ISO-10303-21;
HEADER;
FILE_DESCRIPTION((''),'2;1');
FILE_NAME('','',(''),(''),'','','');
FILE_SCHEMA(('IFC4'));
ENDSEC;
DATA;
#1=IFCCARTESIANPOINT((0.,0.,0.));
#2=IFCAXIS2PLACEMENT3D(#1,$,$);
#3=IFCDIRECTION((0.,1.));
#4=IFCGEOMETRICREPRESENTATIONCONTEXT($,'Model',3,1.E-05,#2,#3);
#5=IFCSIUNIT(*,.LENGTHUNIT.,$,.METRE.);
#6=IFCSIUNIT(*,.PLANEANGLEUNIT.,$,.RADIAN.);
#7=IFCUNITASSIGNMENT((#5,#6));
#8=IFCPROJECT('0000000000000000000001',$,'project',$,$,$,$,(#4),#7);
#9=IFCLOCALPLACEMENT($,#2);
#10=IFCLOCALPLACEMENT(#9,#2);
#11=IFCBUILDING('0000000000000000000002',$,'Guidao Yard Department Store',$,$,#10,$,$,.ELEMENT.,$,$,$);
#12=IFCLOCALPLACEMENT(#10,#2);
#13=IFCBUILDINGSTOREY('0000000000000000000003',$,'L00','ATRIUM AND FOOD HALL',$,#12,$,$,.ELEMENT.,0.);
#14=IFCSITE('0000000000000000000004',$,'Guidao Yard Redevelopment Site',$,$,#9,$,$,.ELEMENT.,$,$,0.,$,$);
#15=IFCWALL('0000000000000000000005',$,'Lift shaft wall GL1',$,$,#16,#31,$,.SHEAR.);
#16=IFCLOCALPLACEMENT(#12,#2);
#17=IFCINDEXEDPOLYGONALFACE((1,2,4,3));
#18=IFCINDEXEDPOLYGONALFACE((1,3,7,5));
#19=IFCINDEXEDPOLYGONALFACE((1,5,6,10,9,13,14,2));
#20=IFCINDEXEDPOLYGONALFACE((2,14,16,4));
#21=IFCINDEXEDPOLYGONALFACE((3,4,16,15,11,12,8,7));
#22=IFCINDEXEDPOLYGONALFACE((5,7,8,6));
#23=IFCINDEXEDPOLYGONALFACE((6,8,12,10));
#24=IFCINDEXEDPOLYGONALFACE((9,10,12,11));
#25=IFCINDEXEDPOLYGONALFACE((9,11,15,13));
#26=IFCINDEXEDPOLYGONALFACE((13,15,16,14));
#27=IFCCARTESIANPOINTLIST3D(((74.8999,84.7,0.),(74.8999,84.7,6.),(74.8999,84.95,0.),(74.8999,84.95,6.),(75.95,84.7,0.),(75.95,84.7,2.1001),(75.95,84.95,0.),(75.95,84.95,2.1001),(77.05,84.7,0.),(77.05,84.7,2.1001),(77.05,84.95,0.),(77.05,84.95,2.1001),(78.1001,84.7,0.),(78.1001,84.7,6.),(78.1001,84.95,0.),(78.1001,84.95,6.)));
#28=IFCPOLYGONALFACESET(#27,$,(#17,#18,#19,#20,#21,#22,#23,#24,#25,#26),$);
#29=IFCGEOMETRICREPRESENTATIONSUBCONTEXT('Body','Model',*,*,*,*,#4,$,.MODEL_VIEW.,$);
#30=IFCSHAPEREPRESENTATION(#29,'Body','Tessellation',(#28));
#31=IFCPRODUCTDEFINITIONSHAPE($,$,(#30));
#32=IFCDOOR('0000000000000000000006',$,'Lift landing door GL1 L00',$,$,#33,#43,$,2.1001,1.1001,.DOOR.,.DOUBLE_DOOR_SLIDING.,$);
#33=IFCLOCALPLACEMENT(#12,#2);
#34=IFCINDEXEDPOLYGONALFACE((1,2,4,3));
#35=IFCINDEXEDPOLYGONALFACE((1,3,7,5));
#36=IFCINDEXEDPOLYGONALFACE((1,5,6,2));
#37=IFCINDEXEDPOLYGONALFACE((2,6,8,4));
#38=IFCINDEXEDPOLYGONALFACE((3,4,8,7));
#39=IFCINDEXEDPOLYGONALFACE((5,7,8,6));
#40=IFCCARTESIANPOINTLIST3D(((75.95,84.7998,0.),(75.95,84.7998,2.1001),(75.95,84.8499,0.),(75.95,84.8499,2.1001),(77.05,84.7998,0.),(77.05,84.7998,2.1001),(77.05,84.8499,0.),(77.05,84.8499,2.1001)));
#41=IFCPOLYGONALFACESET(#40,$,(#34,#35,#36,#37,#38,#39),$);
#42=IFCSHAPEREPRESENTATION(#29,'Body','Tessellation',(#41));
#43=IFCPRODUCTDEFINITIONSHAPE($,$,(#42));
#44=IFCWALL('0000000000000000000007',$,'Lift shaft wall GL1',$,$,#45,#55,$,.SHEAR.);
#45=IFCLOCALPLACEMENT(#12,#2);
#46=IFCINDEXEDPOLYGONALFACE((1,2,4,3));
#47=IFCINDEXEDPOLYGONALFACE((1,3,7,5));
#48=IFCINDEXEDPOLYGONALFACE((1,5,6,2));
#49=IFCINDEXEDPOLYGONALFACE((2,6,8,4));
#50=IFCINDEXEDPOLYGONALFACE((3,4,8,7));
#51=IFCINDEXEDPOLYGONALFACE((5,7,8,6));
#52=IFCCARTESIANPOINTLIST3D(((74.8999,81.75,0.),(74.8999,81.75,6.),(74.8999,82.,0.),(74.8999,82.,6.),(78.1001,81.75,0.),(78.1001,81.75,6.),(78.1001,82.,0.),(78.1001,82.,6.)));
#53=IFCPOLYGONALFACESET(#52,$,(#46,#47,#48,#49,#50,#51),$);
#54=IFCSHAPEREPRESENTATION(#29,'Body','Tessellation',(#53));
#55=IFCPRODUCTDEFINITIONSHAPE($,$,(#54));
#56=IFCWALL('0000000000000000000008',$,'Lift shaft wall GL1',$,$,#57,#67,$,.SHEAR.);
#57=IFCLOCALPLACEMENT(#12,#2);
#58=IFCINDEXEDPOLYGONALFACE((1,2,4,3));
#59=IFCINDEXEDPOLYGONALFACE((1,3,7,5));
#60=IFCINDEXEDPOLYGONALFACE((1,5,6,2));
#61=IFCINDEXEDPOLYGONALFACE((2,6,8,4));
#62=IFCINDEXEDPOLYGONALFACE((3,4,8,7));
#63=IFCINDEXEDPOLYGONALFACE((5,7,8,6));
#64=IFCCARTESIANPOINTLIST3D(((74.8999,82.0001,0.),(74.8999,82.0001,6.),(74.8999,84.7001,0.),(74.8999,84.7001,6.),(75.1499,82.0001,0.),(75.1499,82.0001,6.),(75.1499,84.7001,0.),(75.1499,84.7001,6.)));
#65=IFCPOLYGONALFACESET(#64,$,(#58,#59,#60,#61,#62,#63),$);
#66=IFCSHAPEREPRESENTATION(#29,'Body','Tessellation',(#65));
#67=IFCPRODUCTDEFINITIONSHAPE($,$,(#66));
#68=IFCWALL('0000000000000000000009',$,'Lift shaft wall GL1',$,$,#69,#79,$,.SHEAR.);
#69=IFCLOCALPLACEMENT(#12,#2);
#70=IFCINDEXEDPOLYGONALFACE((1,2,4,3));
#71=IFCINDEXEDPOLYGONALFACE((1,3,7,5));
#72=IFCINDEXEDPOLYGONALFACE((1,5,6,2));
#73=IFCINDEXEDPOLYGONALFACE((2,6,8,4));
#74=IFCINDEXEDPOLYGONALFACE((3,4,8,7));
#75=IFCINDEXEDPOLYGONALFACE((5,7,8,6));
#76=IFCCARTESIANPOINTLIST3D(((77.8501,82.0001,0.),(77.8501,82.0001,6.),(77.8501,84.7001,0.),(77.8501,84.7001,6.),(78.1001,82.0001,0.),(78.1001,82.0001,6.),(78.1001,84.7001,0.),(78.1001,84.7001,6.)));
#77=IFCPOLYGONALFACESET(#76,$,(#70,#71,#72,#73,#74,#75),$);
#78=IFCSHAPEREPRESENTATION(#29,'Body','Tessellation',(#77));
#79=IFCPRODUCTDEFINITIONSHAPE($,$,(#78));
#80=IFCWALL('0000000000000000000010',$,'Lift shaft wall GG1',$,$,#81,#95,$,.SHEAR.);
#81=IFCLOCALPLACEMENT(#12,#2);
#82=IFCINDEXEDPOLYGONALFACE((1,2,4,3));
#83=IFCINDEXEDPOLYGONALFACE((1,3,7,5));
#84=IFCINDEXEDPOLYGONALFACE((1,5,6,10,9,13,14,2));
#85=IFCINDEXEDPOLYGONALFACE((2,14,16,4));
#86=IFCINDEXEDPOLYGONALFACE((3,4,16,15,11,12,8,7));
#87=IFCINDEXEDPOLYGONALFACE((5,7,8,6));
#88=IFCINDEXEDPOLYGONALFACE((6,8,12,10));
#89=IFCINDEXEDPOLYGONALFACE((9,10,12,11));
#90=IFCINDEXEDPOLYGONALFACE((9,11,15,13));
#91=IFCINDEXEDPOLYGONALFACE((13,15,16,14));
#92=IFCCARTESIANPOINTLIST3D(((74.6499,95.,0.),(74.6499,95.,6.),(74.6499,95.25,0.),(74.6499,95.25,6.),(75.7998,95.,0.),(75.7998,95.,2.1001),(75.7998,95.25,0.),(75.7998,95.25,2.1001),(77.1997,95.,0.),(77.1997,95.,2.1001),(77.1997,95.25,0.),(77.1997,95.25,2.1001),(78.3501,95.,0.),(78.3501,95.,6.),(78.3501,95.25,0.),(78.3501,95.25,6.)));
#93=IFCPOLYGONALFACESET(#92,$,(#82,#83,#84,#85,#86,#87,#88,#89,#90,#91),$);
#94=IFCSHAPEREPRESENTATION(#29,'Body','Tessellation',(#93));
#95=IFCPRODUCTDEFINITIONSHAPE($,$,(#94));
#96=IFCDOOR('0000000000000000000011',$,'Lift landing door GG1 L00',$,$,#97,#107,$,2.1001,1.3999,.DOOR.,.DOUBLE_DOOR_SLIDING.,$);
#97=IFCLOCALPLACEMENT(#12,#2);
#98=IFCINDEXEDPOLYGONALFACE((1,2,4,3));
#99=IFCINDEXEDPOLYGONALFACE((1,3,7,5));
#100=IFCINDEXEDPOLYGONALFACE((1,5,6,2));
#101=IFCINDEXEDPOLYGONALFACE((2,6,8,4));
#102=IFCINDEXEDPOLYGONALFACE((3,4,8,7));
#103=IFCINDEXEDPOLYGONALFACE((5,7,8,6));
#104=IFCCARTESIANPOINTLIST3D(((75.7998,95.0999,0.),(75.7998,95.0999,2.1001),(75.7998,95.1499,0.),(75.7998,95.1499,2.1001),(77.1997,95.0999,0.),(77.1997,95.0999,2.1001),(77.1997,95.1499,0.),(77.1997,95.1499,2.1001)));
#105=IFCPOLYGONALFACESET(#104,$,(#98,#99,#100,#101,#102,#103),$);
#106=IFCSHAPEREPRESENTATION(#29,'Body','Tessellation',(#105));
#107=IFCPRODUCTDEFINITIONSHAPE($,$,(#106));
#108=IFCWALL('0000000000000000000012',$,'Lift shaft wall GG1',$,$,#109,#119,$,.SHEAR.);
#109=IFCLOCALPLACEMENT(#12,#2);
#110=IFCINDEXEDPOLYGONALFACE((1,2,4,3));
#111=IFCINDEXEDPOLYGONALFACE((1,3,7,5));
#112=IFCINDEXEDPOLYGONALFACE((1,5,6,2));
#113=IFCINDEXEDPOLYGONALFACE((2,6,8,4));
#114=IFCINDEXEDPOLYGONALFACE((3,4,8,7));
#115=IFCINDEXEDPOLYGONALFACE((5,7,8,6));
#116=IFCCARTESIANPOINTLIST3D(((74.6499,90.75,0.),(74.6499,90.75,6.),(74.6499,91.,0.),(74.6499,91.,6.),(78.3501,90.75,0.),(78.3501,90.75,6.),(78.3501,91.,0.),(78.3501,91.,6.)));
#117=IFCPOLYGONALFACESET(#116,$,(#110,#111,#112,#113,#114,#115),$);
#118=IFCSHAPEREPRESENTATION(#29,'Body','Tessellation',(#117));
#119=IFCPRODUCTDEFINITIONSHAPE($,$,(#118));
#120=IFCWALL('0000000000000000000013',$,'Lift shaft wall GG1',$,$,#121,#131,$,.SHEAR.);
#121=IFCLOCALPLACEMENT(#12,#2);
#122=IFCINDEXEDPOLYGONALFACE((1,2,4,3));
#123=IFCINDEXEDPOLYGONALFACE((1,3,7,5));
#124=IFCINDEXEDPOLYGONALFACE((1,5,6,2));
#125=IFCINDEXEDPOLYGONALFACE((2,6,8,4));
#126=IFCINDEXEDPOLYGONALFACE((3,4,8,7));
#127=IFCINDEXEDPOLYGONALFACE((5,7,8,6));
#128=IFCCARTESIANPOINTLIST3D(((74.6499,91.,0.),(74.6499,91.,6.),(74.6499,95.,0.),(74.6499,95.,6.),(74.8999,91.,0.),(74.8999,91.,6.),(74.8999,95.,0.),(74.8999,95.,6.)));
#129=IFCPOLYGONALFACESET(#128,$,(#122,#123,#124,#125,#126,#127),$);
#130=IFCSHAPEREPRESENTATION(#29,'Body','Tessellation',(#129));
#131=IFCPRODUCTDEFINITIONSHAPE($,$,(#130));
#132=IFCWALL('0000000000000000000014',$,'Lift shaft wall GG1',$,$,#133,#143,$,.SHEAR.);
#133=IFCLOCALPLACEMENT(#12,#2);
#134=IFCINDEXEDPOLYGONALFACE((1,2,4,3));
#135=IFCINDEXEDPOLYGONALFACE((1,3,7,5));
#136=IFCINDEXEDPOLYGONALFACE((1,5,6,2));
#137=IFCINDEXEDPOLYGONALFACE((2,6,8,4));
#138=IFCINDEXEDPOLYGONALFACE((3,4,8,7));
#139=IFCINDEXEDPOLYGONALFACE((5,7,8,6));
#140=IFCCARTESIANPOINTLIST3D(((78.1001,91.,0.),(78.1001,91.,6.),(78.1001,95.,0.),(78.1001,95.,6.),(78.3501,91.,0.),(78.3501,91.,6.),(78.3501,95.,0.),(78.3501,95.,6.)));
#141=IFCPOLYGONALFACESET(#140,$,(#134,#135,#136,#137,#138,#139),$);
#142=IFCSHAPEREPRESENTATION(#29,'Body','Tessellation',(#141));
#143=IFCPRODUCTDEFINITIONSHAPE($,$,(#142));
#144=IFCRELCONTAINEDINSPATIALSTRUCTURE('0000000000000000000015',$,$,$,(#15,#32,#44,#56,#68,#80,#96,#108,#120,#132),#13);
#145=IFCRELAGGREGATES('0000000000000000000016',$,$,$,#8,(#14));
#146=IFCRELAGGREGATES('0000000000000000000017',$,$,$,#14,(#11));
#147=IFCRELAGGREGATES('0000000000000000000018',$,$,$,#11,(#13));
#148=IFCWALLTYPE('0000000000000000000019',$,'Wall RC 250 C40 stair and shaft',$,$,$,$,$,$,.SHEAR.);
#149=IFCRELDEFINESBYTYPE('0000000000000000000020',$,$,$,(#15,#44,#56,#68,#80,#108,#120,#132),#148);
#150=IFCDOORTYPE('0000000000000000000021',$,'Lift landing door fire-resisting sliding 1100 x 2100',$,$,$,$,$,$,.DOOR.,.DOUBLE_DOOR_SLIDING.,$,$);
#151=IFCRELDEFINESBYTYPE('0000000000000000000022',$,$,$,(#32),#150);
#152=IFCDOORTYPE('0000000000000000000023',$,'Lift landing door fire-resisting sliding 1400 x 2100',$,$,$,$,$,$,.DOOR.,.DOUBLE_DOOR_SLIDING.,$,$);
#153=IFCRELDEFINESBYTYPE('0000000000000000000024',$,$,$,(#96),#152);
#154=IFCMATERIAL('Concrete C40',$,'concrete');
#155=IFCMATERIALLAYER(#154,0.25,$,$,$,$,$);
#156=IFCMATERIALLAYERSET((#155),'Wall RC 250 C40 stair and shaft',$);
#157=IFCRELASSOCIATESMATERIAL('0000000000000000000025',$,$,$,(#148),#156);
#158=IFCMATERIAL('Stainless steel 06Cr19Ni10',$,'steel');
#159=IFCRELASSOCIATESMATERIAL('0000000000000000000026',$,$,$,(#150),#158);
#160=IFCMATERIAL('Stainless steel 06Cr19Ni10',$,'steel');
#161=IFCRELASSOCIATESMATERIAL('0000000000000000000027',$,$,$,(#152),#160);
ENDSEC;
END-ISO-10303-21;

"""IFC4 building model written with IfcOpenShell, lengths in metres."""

from ifc_helpers import new_model, si_unit, direction, frame, frame_2d, origin, place, context, subcontext, project, spatial, rectangle, extrude, material, layer, layer_set, type_object, element, fill, save


model = new_model("IFC4")

# Units and contexts
model_context = context("Model", 3, precision=1e-05, world=origin(), true_north=direction((0.0, 1.0)))
body_context = subcontext(model_context, "Body", "Model", "MODEL_VIEW")
ifc_project = project(units=[si_unit("LENGTHUNIT", "METRE"), si_unit("PLANEANGLEUNIT", "RADIAN")], contexts=[model_context])

# Site, building, storey
site_placement = place(None, origin())
site = spatial("IfcSite", under=ifc_project, at=site_placement, Name="Guidao Yard Redevelopment Site", CompositionType="ELEMENT", RefElevation=0.0)
building_placement = place(site_placement, origin())
building = spatial("IfcBuilding", under=site, at=building_placement, Name="Guidao Yard Department Store", CompositionType="ELEMENT")
storey_placement = place(building_placement, origin())
storey = spatial("IfcBuildingStorey", under=building, at=storey_placement, Name="L00", Description="ATRIUM AND FOOD HALL", CompositionType="ELEMENT", Elevation=0.0)

# Wall, opening, door
ifc_material_1 = material(Name="Concrete C40", Category="concrete")
ifc_layer_1 = layer(ifc_material_1, 0.25)
ifc_layer_set_1 = layer_set([ifc_layer_1], Name="Wall RC 250 C40 stair and shaft")
wall_type_1 = type_object("IfcWallType", Name="Wall RC 250 C40 stair and shaft", PredefinedType="SHEAR", material=ifc_layer_set_1)
wall_1_placement = place(storey_placement, frame((74.8999, 84.825, 0.0), z_axis=(0.0, 0.0, 1.0), x_axis=(1.0, 0.0, 0.0)))
wall_1 = element("IfcWall", 1, at=wall_1_placement, inside=storey, type_object=wall_type_1, Name="Lift shaft wall GL1", PredefinedType="SHEAR", context=body_context, shape_type="SweptSolid", body=[
    extrude(rectangle(XDim=3.2002, YDim=0.25, at=frame_2d((1.6001, 0.0))), origin(), (0.0, 0.0, 1.0), 6.0),
])
opening_1_placement = place(wall_1_placement, frame((1.05, 0.0, 0.0)))
opening_1 = element("IfcOpeningElement", 2, at=opening_1_placement, cuts=wall_1, PredefinedType="OPENING", context=body_context, shape_type="SweptSolid", body=[
    extrude(rectangle(XDim=1.1001, YDim=2.1001, at=frame_2d((0.55, 1.05))), frame((0.0, 0.135, 0.0), z_axis=(0.0, -1.0, 0.0), x_axis=(1.0, 0.0, 0.0)), (0.0, 0.0, 1.0), 0.27),
])
ifc_material_2 = material(Name="Stainless steel 06Cr19Ni10", Category="steel")
door_type_1 = type_object("IfcDoorType", Name="Lift landing door fire-resisting sliding 1100 x 2100", OperationType="DOUBLE_DOOR_SLIDING", PredefinedType="DOOR", material=ifc_material_2)
door_1_placement = place(opening_1_placement, origin())
door_1 = element("IfcDoor", 3, at=door_1_placement, inside=storey, type_object=door_type_1, Name="Lift landing door GL1 L00", OperationType="DOUBLE_DOOR_SLIDING", OverallHeight=2.1001, OverallWidth=1.1001, PredefinedType="DOOR", context=body_context, shape_type="SweptSolid", body=[
    extrude(rectangle(XDim=1.1001, YDim=2.1001, at=frame_2d((0.55, 1.05))), frame((0.0, 0.0249, 0.0), z_axis=(0.0, -1.0, 0.0), x_axis=(1.0, 0.0, 0.0)), (0.0, 0.0, 1.0), 0.05),
])
fill(opening_1, door_1)

# Walls
wall_2_placement = place(storey_placement, frame((74.8999, 81.875, 0.0), z_axis=(0.0, 0.0, 1.0), x_axis=(1.0, 0.0, 0.0)))
element("IfcWall", 4, at=wall_2_placement, inside=storey, type_object=wall_type_1, Name="Lift shaft wall GL1", PredefinedType="SHEAR", context=body_context, shape_type="SweptSolid", body=[
    extrude(rectangle(XDim=3.2002, YDim=0.25, at=frame_2d((1.6001, 0.0))), origin(), (0.0, 0.0, 1.0), 6.0),
])
for number, where, z_axis, x_axis, name in (
    (5, (75.0249, 82.0, 0.0), (0.0, 0.0, 1.0), (0.0, 1.0, 0.0), "Lift shaft wall GL1"),
    (6, (77.9751, 82.0, 0.0), (0.0, 0.0, 1.0), (0.0, 1.0, 0.0), "Lift shaft wall GL1"),
):
    element("IfcWall", number, at=place(storey_placement, frame(where, z_axis=z_axis, x_axis=x_axis)), inside=storey, type_object=wall_type_1, Name=name, PredefinedType="SHEAR", context=body_context, shape_type="SweptSolid", body=[
        extrude(rectangle(XDim=2.7, YDim=0.25, at=frame_2d((1.3501, 0.0))), origin(), (0.0, 0.0, 1.0), 6.0),
    ])

# Wall, opening, door
wall_3_placement = place(storey_placement, frame((74.6499, 95.125, 0.0), z_axis=(0.0, 0.0, 1.0), x_axis=(1.0, 0.0, 0.0)))
wall_3 = element("IfcWall", 7, at=wall_3_placement, inside=storey, type_object=wall_type_1, Name="Lift shaft wall GG1", PredefinedType="SHEAR", context=body_context, shape_type="SweptSolid", body=[
    extrude(rectangle(XDim=3.7002, YDim=0.25, at=frame_2d((1.8501, 0.0))), origin(), (0.0, 0.0, 1.0), 6.0),
])
opening_2_placement = place(wall_3_placement, frame((1.1499, 0.0, 0.0)))
opening_2 = element("IfcOpeningElement", 8, at=opening_2_placement, cuts=wall_3, PredefinedType="OPENING", context=body_context, shape_type="SweptSolid", body=[
    extrude(rectangle(XDim=1.3999, YDim=2.1001, at=frame_2d((0.7, 1.05))), frame((0.0, 0.135, 0.0), z_axis=(0.0, -1.0, 0.0), x_axis=(1.0, 0.0, 0.0)), (0.0, 0.0, 1.0), 0.27),
])
ifc_material_3 = material(Name="Stainless steel 06Cr19Ni10", Category="steel")
door_type_2 = type_object("IfcDoorType", Name="Lift landing door fire-resisting sliding 1400 x 2100", OperationType="DOUBLE_DOOR_SLIDING", PredefinedType="DOOR", material=ifc_material_3)
door_2_placement = place(opening_2_placement, origin())
door_2 = element("IfcDoor", 9, at=door_2_placement, inside=storey, type_object=door_type_2, Name="Lift landing door GG1 L00", OperationType="DOUBLE_DOOR_SLIDING", OverallHeight=2.1001, OverallWidth=1.3999, PredefinedType="DOOR", context=body_context, shape_type="SweptSolid", body=[
    extrude(rectangle(XDim=1.3999, YDim=2.1001, at=frame_2d((0.7, 1.05))), frame((0.0, 0.0249, 0.0), z_axis=(0.0, -1.0, 0.0), x_axis=(1.0, 0.0, 0.0)), (0.0, 0.0, 1.0), 0.05),
])
fill(opening_2, door_2)

# Walls
wall_4_placement = place(storey_placement, frame((74.6499, 90.875, 0.0), z_axis=(0.0, 0.0, 1.0), x_axis=(1.0, 0.0, 0.0)))
element("IfcWall", 10, at=wall_4_placement, inside=storey, type_object=wall_type_1, Name="Lift shaft wall GG1", PredefinedType="SHEAR", context=body_context, shape_type="SweptSolid", body=[
    extrude(rectangle(XDim=3.7002, YDim=0.25, at=frame_2d((1.8501, 0.0))), origin(), (0.0, 0.0, 1.0), 6.0),
])
for number, where, z_axis, x_axis, name in (
    (11, (74.7749, 91.0, 0.0), (0.0, 0.0, 1.0), (0.0, 1.0, 0.0), "Lift shaft wall GG1"),
    (12, (78.2251, 91.0, 0.0), (0.0, 0.0, 1.0), (0.0, 1.0, 0.0), "Lift shaft wall GG1"),
):
    element("IfcWall", number, at=place(storey_placement, frame(where, z_axis=z_axis, x_axis=x_axis)), inside=storey, type_object=wall_type_1, Name=name, PredefinedType="SHEAR", context=body_context, shape_type="SweptSolid", body=[
        extrude(rectangle(XDim=4.0, YDim=0.25, at=frame_2d((2.0, 0.0))), origin(), (0.0, 0.0, 1.0), 6.0),
    ])

save(model, "model.ifc")
